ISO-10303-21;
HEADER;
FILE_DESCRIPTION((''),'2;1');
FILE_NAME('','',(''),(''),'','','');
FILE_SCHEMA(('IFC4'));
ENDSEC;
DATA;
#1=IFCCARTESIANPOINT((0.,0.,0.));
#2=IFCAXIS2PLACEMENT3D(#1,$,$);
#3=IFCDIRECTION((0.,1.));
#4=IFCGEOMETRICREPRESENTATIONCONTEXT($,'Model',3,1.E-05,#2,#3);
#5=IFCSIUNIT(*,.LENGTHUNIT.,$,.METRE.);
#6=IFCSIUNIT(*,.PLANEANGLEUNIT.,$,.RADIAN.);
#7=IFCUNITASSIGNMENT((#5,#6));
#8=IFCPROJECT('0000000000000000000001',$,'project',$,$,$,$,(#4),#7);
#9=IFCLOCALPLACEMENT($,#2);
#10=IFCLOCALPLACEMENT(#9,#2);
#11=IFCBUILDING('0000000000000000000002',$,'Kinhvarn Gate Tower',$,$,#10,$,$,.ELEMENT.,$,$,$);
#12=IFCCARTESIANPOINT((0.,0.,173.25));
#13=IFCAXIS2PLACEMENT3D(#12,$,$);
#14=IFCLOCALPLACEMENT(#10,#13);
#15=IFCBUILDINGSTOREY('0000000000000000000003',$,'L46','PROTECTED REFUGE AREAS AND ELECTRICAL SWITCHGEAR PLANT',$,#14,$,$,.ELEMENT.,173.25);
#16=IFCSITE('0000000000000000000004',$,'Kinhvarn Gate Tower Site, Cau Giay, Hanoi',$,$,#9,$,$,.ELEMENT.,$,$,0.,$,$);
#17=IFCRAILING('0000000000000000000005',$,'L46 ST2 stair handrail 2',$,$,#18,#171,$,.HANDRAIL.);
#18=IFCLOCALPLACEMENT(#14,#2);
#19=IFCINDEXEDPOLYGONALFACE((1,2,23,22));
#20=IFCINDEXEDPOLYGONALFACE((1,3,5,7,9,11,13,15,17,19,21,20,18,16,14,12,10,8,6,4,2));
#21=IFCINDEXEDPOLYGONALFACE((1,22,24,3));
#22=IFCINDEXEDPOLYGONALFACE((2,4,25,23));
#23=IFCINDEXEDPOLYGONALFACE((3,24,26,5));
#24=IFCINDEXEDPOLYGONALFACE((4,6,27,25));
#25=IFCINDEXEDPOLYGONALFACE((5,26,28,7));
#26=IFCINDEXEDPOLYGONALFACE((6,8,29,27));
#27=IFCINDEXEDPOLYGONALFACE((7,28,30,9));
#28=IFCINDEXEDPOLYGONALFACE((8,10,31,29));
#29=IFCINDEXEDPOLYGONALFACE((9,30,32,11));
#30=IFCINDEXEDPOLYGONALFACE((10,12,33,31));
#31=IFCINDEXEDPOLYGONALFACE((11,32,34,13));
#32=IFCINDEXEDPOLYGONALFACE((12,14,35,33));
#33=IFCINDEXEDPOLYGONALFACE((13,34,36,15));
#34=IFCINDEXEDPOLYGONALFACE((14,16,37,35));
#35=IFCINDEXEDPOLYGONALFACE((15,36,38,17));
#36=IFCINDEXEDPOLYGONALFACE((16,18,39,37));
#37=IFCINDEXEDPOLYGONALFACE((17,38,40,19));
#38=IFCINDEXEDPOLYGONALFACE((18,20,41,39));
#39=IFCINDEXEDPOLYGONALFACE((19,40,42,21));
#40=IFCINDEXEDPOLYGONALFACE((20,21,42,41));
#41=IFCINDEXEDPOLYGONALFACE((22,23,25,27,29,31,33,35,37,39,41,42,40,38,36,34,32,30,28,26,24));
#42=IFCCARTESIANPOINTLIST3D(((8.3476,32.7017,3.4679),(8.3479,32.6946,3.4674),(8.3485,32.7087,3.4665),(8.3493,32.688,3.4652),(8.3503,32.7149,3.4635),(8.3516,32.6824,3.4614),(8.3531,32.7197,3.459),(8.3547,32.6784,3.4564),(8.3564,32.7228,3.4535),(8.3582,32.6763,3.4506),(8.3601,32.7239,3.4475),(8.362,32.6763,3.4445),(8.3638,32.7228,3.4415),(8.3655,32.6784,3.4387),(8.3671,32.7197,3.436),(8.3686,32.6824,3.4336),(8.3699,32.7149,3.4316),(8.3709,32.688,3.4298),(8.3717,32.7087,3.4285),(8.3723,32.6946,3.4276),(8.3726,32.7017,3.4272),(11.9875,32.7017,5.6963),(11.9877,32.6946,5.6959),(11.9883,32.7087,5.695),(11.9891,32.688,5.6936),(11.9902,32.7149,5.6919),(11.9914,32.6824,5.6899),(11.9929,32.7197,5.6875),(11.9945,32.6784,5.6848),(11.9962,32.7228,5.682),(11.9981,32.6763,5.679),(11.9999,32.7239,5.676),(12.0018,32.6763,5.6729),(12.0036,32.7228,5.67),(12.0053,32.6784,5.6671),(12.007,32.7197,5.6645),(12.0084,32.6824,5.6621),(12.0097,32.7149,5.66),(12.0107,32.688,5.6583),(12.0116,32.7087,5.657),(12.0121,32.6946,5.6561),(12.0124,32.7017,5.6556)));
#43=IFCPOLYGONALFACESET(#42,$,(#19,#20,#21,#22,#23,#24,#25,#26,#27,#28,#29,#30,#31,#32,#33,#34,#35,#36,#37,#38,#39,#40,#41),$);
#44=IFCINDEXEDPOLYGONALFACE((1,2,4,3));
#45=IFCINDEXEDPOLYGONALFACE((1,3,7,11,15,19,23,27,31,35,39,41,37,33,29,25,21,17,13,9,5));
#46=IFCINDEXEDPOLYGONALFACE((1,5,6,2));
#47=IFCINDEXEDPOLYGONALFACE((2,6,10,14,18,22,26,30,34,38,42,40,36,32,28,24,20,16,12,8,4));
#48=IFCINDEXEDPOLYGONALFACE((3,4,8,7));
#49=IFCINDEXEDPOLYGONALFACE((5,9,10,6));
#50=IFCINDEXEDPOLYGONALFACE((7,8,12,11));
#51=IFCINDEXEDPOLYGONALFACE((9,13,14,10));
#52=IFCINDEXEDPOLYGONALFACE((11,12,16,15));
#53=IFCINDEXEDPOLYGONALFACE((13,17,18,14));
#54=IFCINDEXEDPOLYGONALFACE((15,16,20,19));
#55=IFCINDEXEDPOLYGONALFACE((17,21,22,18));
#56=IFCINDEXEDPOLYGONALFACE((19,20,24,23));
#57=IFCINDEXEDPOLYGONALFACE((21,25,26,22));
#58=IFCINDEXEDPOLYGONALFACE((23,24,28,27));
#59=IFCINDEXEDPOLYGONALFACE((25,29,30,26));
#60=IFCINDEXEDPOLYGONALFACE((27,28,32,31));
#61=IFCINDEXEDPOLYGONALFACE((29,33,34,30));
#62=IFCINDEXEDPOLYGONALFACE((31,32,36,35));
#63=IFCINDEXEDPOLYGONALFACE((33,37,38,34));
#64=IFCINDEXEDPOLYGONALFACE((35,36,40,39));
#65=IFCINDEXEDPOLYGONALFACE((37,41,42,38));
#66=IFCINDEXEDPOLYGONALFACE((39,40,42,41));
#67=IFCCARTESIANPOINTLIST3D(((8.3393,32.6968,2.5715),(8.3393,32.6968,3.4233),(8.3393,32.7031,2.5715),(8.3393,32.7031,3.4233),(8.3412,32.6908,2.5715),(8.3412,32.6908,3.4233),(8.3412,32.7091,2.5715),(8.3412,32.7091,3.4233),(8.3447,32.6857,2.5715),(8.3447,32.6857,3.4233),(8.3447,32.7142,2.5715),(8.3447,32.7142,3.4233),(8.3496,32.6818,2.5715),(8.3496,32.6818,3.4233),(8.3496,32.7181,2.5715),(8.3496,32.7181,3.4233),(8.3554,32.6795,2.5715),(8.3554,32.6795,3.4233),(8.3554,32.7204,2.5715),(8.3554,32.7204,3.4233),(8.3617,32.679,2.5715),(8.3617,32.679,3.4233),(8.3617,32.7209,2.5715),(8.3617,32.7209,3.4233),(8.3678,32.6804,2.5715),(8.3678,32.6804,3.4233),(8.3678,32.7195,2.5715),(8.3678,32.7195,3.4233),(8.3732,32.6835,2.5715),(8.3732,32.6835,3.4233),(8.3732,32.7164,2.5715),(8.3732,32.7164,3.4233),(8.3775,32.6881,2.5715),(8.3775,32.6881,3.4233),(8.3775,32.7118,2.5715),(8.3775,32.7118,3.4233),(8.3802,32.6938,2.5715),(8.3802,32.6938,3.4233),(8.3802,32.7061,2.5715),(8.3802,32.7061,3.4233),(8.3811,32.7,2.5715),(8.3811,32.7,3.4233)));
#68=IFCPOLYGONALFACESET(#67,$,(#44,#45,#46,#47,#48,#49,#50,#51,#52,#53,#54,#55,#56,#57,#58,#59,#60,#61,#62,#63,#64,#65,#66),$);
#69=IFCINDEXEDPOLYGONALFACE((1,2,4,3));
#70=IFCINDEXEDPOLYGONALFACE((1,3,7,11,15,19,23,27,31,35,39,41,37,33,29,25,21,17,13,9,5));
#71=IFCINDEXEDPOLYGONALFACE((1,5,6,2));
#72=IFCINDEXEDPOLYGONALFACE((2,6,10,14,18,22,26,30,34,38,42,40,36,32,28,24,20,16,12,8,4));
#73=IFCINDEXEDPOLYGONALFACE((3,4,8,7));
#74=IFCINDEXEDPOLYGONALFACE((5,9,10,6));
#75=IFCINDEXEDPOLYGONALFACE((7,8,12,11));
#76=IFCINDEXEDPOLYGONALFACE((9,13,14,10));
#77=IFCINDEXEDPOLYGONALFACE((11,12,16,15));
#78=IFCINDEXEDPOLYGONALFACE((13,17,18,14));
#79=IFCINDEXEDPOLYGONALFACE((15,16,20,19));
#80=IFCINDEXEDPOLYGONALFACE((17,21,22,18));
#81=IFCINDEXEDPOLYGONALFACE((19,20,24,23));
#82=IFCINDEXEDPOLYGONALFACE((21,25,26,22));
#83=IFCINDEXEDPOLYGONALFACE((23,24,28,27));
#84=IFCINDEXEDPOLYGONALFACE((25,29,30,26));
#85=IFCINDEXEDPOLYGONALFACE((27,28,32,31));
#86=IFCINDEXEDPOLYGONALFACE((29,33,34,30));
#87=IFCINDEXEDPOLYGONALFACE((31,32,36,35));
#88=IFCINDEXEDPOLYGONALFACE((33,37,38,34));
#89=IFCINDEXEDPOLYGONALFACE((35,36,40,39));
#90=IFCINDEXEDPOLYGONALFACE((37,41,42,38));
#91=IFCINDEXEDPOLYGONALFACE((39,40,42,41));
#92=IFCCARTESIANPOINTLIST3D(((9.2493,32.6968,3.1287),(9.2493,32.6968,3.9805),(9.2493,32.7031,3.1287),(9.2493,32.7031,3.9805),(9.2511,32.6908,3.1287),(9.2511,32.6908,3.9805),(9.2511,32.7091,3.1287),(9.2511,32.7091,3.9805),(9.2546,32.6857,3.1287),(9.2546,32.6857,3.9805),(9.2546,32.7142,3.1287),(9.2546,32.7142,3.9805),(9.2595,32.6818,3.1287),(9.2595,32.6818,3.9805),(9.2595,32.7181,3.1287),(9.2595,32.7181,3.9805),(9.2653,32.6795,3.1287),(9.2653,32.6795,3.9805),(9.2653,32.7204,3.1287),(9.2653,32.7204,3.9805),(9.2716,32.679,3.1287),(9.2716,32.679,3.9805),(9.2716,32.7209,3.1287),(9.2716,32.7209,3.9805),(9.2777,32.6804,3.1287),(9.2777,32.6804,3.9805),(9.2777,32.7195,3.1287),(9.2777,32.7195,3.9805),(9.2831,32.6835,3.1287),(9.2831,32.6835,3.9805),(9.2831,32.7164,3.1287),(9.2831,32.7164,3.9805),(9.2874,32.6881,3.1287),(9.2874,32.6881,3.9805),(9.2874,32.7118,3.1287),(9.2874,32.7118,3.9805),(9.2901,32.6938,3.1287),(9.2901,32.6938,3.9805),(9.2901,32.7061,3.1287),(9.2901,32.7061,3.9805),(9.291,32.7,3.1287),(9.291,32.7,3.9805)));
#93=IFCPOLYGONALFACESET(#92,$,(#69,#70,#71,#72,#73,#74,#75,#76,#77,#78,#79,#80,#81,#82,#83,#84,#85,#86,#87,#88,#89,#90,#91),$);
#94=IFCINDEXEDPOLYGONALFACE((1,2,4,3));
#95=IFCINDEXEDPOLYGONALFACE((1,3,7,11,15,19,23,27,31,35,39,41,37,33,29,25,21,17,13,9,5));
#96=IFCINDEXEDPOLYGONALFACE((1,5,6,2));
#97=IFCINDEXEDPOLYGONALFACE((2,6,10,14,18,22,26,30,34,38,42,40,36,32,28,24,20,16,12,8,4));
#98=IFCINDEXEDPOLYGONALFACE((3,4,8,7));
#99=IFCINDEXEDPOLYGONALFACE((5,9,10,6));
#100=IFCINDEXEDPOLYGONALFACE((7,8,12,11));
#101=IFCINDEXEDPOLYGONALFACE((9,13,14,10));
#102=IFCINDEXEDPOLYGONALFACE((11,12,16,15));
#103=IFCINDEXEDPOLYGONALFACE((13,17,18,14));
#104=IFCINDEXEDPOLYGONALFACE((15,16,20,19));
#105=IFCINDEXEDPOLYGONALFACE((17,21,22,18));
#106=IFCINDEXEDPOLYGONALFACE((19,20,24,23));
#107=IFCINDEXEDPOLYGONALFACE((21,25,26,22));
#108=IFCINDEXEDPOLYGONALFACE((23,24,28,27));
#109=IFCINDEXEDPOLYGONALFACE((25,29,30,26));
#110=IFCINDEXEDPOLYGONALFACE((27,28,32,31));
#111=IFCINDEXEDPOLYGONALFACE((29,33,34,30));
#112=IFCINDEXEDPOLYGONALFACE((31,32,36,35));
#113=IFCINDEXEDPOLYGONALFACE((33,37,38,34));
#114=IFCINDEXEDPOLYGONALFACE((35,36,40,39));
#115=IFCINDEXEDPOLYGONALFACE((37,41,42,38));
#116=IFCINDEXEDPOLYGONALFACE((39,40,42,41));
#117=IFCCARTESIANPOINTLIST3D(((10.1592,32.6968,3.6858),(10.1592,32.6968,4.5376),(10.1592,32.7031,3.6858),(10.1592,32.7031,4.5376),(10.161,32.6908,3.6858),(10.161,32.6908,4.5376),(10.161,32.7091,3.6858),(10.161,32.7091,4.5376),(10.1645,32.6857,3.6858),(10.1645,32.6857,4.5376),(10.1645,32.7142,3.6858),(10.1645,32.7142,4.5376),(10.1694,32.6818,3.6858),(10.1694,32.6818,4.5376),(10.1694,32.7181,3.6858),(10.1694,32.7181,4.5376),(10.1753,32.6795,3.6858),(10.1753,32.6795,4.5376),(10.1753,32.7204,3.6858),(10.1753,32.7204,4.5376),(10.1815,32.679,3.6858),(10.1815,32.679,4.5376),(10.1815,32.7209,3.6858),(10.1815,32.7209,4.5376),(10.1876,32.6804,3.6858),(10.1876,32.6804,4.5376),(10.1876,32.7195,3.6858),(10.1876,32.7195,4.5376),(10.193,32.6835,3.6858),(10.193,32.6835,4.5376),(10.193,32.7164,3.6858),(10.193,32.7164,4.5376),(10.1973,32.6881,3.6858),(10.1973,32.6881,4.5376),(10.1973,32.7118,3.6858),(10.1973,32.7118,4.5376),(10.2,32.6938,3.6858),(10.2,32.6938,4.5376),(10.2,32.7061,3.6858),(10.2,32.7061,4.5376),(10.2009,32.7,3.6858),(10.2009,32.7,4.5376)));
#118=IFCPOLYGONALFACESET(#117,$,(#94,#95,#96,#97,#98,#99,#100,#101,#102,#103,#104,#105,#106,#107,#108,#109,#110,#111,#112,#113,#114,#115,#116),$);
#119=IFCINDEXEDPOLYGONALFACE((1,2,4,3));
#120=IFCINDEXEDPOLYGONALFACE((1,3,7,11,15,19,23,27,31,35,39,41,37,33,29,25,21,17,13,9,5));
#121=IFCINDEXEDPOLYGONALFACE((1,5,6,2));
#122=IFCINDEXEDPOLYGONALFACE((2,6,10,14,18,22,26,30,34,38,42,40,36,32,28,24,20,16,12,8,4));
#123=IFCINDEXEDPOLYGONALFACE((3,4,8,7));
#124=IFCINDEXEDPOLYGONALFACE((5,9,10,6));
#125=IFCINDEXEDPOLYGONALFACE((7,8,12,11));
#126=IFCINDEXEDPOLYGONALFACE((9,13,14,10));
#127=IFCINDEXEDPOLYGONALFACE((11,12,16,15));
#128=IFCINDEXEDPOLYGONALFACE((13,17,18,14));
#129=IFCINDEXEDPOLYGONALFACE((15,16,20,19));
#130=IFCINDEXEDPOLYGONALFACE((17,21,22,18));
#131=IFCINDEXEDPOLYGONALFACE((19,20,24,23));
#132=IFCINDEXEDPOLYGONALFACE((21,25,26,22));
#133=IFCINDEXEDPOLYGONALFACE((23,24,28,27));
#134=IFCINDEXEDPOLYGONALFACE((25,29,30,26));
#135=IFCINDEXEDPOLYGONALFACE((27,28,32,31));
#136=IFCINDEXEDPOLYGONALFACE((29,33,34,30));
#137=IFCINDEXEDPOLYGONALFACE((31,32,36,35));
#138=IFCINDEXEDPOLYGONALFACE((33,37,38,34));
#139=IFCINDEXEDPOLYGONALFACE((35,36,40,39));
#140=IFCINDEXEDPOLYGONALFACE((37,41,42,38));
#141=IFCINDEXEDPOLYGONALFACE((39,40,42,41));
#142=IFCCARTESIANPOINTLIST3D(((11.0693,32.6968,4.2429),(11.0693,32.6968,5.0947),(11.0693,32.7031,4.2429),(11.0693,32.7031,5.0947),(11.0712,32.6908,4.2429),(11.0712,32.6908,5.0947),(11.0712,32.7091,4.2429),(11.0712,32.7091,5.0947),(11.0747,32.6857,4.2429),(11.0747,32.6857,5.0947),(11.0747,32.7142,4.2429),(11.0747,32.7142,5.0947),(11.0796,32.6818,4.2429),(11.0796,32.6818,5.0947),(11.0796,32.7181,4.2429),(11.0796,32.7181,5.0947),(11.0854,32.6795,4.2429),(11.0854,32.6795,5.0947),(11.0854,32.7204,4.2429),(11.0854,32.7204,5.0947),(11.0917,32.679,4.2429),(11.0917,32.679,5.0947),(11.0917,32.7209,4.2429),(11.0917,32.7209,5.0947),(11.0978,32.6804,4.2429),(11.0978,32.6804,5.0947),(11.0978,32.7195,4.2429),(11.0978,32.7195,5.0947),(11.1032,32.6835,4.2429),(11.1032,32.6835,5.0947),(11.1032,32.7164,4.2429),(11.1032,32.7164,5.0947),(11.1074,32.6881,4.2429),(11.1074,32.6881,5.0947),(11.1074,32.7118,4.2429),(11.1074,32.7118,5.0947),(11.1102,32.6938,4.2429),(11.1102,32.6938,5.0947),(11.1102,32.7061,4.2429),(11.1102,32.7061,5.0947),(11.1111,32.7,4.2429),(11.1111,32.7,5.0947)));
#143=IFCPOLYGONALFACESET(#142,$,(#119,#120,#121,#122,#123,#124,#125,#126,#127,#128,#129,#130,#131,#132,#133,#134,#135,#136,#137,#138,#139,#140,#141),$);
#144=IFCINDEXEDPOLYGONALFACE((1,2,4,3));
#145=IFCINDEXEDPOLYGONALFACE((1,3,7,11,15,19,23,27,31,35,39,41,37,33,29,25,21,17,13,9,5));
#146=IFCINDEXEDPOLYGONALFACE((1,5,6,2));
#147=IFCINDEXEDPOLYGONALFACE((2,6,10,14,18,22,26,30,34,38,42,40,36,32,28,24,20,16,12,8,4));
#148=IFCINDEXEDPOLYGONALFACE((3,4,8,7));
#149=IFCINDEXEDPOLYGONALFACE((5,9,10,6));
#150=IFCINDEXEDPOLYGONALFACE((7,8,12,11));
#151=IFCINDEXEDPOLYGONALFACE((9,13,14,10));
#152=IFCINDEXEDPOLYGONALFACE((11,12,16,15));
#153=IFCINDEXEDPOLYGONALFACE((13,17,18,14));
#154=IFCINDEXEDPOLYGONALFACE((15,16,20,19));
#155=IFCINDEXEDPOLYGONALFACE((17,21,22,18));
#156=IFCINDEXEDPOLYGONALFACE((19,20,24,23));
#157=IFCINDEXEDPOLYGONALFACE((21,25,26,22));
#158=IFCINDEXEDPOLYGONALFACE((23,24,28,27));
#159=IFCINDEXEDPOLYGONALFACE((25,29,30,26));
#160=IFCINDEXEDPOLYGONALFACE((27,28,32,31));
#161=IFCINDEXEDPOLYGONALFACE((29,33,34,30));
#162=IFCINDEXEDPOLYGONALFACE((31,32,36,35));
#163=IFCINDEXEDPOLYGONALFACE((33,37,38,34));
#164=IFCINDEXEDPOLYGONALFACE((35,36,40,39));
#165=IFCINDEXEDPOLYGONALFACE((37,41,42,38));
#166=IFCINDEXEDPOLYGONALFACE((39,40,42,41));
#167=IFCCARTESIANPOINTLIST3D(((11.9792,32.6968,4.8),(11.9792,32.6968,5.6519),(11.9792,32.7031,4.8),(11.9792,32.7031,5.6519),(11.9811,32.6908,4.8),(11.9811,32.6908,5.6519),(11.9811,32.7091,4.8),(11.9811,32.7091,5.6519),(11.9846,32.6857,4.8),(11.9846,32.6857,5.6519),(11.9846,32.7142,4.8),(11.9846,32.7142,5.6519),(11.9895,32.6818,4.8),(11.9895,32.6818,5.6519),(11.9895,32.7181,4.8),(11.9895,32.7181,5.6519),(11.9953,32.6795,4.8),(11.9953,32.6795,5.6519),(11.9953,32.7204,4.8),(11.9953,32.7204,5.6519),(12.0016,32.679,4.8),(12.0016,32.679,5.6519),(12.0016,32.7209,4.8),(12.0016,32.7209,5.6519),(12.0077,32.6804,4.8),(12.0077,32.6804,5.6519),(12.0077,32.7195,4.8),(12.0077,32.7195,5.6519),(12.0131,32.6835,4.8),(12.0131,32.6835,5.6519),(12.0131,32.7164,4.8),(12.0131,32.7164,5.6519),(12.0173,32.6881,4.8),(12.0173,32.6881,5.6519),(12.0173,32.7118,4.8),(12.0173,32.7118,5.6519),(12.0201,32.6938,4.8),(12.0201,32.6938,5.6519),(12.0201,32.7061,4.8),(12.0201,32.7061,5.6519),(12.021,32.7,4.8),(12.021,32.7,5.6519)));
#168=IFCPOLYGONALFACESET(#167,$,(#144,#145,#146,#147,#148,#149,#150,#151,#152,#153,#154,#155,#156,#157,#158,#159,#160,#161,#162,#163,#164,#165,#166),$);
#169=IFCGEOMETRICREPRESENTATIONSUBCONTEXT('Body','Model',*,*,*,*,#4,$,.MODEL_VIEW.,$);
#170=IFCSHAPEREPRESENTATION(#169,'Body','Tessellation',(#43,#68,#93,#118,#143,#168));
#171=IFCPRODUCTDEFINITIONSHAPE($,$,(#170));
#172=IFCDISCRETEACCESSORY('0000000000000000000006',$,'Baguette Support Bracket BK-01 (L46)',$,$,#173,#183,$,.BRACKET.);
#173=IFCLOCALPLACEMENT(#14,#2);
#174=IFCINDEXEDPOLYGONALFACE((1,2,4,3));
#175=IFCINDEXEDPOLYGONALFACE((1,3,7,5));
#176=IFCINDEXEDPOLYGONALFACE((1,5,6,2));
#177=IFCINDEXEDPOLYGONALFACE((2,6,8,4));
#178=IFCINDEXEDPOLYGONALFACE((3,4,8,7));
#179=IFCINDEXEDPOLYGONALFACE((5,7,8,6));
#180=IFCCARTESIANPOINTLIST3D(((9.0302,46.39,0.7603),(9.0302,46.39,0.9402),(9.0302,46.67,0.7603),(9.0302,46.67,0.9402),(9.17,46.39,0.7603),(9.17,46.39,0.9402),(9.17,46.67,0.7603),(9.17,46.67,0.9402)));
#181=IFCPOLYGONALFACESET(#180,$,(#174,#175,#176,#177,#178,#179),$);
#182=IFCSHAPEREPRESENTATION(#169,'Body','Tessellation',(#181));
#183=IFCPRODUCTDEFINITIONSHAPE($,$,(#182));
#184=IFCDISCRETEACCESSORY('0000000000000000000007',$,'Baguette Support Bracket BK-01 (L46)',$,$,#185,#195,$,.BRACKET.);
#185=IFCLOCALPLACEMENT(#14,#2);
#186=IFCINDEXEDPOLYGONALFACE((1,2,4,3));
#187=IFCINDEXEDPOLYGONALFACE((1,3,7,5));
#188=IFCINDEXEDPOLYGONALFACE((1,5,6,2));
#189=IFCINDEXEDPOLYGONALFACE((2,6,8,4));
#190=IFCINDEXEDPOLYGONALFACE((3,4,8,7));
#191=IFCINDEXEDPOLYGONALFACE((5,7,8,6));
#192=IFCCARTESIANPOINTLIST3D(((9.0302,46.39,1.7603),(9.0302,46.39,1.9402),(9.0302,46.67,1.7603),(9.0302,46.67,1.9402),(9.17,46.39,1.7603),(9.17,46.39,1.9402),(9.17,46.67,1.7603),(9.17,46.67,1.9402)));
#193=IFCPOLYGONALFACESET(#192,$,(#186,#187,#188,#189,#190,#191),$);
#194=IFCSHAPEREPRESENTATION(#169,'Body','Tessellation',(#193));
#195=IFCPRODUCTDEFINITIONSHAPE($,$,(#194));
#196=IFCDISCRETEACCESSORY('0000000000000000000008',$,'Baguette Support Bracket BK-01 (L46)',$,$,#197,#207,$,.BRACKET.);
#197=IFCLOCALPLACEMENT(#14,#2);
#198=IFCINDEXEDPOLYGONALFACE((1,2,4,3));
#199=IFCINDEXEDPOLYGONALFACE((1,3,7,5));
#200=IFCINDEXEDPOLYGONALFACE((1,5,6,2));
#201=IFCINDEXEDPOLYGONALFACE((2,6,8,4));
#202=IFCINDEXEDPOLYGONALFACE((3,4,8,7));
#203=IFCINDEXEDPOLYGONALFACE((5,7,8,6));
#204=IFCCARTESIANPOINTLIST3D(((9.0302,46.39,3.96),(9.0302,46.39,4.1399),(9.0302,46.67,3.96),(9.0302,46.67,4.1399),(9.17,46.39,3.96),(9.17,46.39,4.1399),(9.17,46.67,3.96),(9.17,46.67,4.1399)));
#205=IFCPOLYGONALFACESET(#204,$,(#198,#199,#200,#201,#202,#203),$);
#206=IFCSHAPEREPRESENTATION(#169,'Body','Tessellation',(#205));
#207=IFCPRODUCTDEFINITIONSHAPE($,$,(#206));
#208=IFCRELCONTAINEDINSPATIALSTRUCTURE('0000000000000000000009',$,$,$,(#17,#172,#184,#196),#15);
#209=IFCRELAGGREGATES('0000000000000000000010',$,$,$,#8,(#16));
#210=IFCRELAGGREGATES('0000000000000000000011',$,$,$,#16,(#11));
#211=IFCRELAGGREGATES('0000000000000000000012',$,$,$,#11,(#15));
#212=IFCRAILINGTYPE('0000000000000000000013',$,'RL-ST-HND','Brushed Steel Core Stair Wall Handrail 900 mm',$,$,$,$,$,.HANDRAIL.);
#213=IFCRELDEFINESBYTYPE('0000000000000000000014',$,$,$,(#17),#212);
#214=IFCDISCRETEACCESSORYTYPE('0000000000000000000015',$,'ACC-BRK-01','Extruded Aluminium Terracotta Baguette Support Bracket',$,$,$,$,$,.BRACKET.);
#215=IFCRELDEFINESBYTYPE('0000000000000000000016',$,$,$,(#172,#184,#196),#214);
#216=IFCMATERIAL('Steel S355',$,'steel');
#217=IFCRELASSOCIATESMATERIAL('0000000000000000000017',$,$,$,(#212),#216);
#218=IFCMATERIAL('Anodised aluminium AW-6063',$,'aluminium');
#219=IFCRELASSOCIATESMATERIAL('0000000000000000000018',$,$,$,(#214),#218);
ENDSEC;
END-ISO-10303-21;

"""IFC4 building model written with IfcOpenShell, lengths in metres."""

from ifc_helpers import new_model, si_unit, direction, frame, origin, origin_2d, place, context, subcontext, project, spatial, rectangle, circle, extrude, material, type_object, element, save


model = new_model("IFC4")

# Units and contexts
model_context = context("Model", 3, precision=1e-05, world=origin(), true_north=direction((0.0, 1.0)))
body_context = subcontext(model_context, "Body", "Model", "MODEL_VIEW")
ifc_project = project(units=[si_unit("LENGTHUNIT", "METRE"), si_unit("PLANEANGLEUNIT", "RADIAN")], contexts=[model_context])

# Site, building, storey
site_placement = place(None, origin())
site = spatial("IfcSite", under=ifc_project, at=site_placement, Name="Kinhvarn Gate Tower Site, Cau Giay, Hanoi", CompositionType="ELEMENT", RefElevation=0.0)
building_placement = place(site_placement, origin())
building = spatial("IfcBuilding", under=site, at=building_placement, Name="Kinhvarn Gate Tower", CompositionType="ELEMENT")
storey_placement = place(building_placement, frame((0.0, 0.0, 173.25)))
storey = spatial("IfcBuildingStorey", under=building, at=storey_placement, Name="L46", Description="PROTECTED REFUGE AREAS AND ELECTRICAL SWITCHGEAR PLANT", CompositionType="ELEMENT", Elevation=173.25)

# Shared definitions
ifc_material_1 = material(Name="Anodised aluminium AW-6063", Category="aluminium")

# Shared definitions
ifc_material_2 = material(Name="Steel S355", Category="steel")

# Railing
railing_type_1 = type_object("IfcRailingType", Name="RL-ST-HND", Description="Brushed Steel Core Stair Wall Handrail 900 mm", PredefinedType="HANDRAIL", material=ifc_material_2)
railing_1_placement = place(storey_placement, frame((8.3601, 32.7, 2.5715)))
element("IfcRailing", 1, at=railing_1_placement, inside=storey, type_object=railing_type_1, Name="L46 ST2 stair handrail 2", PredefinedType="HANDRAIL", context=body_context, shape_type="SweptSolid", body=[
    extrude(circle(Radius=0.0239, at=origin_2d()), frame((0.0, 0.0, 0.876), z_axis=(0.85285, 0.0, 0.522156), x_axis=(0.0, 1.0, 0.0)), (0.0, 0.0, 1.0), 4.2678),
    extrude(circle(Radius=0.021, at=origin_2d()), origin(), (0.0, 0.0, 1.0), 0.8518),
    extrude(circle(Radius=0.021, at=origin_2d()), frame((0.9099, 0.0, 0.5571)), (0.0, 0.0, 1.0), 0.8518),
    extrude(circle(Radius=0.021, at=origin_2d()), frame((1.8198, 0.0, 1.1143)), (0.0, 0.0, 1.0), 0.8518),
    extrude(circle(Radius=0.021, at=origin_2d()), frame((2.73, 0.0, 1.6714)), (0.0, 0.0, 1.0), 0.8518),
    extrude(circle(Radius=0.021, at=origin_2d()), frame((3.6399, 0.0, 2.2285)), (0.0, 0.0, 1.0), 0.8518),
])

# Discrete accessories
discrete_accessory_type = type_object("IfcDiscreteAccessoryType", Name="ACC-BRK-01", Description="Extruded Aluminium Terracotta Baguette Support Bracket", PredefinedType="BRACKET", material=ifc_material_1)
for number, where, z_axis, x_axis, name in (
    (2, (9.1001, 46.53, 0.7603), (0.0, 0.0, 1.0), (-1.0, 0.0, 0.0), "Baguette Support Bracket BK-01 (L46)"),
    (3, (9.1001, 46.53, 1.7603), (0.0, 0.0, 1.0), (-1.0, 0.0, 0.0), "Baguette Support Bracket BK-01 (L46)"),
    (4, (9.1001, 46.53, 3.96), (0.0, 0.0, 1.0), (-1.0, 0.0, 0.0), "Baguette Support Bracket BK-01 (L46)"),
):
    element("IfcDiscreteAccessory", number, at=place(storey_placement, frame(where, z_axis=z_axis, x_axis=x_axis)), inside=storey, type_object=discrete_accessory_type, Name=name, PredefinedType="BRACKET", context=body_context, shape_type="SweptSolid", body=[
        extrude(rectangle(XDim=0.1399, YDim=0.28, at=origin_2d()), origin(), (0.0, 0.0, 1.0), 0.1799),
    ])

save(model, "model.ifc")
